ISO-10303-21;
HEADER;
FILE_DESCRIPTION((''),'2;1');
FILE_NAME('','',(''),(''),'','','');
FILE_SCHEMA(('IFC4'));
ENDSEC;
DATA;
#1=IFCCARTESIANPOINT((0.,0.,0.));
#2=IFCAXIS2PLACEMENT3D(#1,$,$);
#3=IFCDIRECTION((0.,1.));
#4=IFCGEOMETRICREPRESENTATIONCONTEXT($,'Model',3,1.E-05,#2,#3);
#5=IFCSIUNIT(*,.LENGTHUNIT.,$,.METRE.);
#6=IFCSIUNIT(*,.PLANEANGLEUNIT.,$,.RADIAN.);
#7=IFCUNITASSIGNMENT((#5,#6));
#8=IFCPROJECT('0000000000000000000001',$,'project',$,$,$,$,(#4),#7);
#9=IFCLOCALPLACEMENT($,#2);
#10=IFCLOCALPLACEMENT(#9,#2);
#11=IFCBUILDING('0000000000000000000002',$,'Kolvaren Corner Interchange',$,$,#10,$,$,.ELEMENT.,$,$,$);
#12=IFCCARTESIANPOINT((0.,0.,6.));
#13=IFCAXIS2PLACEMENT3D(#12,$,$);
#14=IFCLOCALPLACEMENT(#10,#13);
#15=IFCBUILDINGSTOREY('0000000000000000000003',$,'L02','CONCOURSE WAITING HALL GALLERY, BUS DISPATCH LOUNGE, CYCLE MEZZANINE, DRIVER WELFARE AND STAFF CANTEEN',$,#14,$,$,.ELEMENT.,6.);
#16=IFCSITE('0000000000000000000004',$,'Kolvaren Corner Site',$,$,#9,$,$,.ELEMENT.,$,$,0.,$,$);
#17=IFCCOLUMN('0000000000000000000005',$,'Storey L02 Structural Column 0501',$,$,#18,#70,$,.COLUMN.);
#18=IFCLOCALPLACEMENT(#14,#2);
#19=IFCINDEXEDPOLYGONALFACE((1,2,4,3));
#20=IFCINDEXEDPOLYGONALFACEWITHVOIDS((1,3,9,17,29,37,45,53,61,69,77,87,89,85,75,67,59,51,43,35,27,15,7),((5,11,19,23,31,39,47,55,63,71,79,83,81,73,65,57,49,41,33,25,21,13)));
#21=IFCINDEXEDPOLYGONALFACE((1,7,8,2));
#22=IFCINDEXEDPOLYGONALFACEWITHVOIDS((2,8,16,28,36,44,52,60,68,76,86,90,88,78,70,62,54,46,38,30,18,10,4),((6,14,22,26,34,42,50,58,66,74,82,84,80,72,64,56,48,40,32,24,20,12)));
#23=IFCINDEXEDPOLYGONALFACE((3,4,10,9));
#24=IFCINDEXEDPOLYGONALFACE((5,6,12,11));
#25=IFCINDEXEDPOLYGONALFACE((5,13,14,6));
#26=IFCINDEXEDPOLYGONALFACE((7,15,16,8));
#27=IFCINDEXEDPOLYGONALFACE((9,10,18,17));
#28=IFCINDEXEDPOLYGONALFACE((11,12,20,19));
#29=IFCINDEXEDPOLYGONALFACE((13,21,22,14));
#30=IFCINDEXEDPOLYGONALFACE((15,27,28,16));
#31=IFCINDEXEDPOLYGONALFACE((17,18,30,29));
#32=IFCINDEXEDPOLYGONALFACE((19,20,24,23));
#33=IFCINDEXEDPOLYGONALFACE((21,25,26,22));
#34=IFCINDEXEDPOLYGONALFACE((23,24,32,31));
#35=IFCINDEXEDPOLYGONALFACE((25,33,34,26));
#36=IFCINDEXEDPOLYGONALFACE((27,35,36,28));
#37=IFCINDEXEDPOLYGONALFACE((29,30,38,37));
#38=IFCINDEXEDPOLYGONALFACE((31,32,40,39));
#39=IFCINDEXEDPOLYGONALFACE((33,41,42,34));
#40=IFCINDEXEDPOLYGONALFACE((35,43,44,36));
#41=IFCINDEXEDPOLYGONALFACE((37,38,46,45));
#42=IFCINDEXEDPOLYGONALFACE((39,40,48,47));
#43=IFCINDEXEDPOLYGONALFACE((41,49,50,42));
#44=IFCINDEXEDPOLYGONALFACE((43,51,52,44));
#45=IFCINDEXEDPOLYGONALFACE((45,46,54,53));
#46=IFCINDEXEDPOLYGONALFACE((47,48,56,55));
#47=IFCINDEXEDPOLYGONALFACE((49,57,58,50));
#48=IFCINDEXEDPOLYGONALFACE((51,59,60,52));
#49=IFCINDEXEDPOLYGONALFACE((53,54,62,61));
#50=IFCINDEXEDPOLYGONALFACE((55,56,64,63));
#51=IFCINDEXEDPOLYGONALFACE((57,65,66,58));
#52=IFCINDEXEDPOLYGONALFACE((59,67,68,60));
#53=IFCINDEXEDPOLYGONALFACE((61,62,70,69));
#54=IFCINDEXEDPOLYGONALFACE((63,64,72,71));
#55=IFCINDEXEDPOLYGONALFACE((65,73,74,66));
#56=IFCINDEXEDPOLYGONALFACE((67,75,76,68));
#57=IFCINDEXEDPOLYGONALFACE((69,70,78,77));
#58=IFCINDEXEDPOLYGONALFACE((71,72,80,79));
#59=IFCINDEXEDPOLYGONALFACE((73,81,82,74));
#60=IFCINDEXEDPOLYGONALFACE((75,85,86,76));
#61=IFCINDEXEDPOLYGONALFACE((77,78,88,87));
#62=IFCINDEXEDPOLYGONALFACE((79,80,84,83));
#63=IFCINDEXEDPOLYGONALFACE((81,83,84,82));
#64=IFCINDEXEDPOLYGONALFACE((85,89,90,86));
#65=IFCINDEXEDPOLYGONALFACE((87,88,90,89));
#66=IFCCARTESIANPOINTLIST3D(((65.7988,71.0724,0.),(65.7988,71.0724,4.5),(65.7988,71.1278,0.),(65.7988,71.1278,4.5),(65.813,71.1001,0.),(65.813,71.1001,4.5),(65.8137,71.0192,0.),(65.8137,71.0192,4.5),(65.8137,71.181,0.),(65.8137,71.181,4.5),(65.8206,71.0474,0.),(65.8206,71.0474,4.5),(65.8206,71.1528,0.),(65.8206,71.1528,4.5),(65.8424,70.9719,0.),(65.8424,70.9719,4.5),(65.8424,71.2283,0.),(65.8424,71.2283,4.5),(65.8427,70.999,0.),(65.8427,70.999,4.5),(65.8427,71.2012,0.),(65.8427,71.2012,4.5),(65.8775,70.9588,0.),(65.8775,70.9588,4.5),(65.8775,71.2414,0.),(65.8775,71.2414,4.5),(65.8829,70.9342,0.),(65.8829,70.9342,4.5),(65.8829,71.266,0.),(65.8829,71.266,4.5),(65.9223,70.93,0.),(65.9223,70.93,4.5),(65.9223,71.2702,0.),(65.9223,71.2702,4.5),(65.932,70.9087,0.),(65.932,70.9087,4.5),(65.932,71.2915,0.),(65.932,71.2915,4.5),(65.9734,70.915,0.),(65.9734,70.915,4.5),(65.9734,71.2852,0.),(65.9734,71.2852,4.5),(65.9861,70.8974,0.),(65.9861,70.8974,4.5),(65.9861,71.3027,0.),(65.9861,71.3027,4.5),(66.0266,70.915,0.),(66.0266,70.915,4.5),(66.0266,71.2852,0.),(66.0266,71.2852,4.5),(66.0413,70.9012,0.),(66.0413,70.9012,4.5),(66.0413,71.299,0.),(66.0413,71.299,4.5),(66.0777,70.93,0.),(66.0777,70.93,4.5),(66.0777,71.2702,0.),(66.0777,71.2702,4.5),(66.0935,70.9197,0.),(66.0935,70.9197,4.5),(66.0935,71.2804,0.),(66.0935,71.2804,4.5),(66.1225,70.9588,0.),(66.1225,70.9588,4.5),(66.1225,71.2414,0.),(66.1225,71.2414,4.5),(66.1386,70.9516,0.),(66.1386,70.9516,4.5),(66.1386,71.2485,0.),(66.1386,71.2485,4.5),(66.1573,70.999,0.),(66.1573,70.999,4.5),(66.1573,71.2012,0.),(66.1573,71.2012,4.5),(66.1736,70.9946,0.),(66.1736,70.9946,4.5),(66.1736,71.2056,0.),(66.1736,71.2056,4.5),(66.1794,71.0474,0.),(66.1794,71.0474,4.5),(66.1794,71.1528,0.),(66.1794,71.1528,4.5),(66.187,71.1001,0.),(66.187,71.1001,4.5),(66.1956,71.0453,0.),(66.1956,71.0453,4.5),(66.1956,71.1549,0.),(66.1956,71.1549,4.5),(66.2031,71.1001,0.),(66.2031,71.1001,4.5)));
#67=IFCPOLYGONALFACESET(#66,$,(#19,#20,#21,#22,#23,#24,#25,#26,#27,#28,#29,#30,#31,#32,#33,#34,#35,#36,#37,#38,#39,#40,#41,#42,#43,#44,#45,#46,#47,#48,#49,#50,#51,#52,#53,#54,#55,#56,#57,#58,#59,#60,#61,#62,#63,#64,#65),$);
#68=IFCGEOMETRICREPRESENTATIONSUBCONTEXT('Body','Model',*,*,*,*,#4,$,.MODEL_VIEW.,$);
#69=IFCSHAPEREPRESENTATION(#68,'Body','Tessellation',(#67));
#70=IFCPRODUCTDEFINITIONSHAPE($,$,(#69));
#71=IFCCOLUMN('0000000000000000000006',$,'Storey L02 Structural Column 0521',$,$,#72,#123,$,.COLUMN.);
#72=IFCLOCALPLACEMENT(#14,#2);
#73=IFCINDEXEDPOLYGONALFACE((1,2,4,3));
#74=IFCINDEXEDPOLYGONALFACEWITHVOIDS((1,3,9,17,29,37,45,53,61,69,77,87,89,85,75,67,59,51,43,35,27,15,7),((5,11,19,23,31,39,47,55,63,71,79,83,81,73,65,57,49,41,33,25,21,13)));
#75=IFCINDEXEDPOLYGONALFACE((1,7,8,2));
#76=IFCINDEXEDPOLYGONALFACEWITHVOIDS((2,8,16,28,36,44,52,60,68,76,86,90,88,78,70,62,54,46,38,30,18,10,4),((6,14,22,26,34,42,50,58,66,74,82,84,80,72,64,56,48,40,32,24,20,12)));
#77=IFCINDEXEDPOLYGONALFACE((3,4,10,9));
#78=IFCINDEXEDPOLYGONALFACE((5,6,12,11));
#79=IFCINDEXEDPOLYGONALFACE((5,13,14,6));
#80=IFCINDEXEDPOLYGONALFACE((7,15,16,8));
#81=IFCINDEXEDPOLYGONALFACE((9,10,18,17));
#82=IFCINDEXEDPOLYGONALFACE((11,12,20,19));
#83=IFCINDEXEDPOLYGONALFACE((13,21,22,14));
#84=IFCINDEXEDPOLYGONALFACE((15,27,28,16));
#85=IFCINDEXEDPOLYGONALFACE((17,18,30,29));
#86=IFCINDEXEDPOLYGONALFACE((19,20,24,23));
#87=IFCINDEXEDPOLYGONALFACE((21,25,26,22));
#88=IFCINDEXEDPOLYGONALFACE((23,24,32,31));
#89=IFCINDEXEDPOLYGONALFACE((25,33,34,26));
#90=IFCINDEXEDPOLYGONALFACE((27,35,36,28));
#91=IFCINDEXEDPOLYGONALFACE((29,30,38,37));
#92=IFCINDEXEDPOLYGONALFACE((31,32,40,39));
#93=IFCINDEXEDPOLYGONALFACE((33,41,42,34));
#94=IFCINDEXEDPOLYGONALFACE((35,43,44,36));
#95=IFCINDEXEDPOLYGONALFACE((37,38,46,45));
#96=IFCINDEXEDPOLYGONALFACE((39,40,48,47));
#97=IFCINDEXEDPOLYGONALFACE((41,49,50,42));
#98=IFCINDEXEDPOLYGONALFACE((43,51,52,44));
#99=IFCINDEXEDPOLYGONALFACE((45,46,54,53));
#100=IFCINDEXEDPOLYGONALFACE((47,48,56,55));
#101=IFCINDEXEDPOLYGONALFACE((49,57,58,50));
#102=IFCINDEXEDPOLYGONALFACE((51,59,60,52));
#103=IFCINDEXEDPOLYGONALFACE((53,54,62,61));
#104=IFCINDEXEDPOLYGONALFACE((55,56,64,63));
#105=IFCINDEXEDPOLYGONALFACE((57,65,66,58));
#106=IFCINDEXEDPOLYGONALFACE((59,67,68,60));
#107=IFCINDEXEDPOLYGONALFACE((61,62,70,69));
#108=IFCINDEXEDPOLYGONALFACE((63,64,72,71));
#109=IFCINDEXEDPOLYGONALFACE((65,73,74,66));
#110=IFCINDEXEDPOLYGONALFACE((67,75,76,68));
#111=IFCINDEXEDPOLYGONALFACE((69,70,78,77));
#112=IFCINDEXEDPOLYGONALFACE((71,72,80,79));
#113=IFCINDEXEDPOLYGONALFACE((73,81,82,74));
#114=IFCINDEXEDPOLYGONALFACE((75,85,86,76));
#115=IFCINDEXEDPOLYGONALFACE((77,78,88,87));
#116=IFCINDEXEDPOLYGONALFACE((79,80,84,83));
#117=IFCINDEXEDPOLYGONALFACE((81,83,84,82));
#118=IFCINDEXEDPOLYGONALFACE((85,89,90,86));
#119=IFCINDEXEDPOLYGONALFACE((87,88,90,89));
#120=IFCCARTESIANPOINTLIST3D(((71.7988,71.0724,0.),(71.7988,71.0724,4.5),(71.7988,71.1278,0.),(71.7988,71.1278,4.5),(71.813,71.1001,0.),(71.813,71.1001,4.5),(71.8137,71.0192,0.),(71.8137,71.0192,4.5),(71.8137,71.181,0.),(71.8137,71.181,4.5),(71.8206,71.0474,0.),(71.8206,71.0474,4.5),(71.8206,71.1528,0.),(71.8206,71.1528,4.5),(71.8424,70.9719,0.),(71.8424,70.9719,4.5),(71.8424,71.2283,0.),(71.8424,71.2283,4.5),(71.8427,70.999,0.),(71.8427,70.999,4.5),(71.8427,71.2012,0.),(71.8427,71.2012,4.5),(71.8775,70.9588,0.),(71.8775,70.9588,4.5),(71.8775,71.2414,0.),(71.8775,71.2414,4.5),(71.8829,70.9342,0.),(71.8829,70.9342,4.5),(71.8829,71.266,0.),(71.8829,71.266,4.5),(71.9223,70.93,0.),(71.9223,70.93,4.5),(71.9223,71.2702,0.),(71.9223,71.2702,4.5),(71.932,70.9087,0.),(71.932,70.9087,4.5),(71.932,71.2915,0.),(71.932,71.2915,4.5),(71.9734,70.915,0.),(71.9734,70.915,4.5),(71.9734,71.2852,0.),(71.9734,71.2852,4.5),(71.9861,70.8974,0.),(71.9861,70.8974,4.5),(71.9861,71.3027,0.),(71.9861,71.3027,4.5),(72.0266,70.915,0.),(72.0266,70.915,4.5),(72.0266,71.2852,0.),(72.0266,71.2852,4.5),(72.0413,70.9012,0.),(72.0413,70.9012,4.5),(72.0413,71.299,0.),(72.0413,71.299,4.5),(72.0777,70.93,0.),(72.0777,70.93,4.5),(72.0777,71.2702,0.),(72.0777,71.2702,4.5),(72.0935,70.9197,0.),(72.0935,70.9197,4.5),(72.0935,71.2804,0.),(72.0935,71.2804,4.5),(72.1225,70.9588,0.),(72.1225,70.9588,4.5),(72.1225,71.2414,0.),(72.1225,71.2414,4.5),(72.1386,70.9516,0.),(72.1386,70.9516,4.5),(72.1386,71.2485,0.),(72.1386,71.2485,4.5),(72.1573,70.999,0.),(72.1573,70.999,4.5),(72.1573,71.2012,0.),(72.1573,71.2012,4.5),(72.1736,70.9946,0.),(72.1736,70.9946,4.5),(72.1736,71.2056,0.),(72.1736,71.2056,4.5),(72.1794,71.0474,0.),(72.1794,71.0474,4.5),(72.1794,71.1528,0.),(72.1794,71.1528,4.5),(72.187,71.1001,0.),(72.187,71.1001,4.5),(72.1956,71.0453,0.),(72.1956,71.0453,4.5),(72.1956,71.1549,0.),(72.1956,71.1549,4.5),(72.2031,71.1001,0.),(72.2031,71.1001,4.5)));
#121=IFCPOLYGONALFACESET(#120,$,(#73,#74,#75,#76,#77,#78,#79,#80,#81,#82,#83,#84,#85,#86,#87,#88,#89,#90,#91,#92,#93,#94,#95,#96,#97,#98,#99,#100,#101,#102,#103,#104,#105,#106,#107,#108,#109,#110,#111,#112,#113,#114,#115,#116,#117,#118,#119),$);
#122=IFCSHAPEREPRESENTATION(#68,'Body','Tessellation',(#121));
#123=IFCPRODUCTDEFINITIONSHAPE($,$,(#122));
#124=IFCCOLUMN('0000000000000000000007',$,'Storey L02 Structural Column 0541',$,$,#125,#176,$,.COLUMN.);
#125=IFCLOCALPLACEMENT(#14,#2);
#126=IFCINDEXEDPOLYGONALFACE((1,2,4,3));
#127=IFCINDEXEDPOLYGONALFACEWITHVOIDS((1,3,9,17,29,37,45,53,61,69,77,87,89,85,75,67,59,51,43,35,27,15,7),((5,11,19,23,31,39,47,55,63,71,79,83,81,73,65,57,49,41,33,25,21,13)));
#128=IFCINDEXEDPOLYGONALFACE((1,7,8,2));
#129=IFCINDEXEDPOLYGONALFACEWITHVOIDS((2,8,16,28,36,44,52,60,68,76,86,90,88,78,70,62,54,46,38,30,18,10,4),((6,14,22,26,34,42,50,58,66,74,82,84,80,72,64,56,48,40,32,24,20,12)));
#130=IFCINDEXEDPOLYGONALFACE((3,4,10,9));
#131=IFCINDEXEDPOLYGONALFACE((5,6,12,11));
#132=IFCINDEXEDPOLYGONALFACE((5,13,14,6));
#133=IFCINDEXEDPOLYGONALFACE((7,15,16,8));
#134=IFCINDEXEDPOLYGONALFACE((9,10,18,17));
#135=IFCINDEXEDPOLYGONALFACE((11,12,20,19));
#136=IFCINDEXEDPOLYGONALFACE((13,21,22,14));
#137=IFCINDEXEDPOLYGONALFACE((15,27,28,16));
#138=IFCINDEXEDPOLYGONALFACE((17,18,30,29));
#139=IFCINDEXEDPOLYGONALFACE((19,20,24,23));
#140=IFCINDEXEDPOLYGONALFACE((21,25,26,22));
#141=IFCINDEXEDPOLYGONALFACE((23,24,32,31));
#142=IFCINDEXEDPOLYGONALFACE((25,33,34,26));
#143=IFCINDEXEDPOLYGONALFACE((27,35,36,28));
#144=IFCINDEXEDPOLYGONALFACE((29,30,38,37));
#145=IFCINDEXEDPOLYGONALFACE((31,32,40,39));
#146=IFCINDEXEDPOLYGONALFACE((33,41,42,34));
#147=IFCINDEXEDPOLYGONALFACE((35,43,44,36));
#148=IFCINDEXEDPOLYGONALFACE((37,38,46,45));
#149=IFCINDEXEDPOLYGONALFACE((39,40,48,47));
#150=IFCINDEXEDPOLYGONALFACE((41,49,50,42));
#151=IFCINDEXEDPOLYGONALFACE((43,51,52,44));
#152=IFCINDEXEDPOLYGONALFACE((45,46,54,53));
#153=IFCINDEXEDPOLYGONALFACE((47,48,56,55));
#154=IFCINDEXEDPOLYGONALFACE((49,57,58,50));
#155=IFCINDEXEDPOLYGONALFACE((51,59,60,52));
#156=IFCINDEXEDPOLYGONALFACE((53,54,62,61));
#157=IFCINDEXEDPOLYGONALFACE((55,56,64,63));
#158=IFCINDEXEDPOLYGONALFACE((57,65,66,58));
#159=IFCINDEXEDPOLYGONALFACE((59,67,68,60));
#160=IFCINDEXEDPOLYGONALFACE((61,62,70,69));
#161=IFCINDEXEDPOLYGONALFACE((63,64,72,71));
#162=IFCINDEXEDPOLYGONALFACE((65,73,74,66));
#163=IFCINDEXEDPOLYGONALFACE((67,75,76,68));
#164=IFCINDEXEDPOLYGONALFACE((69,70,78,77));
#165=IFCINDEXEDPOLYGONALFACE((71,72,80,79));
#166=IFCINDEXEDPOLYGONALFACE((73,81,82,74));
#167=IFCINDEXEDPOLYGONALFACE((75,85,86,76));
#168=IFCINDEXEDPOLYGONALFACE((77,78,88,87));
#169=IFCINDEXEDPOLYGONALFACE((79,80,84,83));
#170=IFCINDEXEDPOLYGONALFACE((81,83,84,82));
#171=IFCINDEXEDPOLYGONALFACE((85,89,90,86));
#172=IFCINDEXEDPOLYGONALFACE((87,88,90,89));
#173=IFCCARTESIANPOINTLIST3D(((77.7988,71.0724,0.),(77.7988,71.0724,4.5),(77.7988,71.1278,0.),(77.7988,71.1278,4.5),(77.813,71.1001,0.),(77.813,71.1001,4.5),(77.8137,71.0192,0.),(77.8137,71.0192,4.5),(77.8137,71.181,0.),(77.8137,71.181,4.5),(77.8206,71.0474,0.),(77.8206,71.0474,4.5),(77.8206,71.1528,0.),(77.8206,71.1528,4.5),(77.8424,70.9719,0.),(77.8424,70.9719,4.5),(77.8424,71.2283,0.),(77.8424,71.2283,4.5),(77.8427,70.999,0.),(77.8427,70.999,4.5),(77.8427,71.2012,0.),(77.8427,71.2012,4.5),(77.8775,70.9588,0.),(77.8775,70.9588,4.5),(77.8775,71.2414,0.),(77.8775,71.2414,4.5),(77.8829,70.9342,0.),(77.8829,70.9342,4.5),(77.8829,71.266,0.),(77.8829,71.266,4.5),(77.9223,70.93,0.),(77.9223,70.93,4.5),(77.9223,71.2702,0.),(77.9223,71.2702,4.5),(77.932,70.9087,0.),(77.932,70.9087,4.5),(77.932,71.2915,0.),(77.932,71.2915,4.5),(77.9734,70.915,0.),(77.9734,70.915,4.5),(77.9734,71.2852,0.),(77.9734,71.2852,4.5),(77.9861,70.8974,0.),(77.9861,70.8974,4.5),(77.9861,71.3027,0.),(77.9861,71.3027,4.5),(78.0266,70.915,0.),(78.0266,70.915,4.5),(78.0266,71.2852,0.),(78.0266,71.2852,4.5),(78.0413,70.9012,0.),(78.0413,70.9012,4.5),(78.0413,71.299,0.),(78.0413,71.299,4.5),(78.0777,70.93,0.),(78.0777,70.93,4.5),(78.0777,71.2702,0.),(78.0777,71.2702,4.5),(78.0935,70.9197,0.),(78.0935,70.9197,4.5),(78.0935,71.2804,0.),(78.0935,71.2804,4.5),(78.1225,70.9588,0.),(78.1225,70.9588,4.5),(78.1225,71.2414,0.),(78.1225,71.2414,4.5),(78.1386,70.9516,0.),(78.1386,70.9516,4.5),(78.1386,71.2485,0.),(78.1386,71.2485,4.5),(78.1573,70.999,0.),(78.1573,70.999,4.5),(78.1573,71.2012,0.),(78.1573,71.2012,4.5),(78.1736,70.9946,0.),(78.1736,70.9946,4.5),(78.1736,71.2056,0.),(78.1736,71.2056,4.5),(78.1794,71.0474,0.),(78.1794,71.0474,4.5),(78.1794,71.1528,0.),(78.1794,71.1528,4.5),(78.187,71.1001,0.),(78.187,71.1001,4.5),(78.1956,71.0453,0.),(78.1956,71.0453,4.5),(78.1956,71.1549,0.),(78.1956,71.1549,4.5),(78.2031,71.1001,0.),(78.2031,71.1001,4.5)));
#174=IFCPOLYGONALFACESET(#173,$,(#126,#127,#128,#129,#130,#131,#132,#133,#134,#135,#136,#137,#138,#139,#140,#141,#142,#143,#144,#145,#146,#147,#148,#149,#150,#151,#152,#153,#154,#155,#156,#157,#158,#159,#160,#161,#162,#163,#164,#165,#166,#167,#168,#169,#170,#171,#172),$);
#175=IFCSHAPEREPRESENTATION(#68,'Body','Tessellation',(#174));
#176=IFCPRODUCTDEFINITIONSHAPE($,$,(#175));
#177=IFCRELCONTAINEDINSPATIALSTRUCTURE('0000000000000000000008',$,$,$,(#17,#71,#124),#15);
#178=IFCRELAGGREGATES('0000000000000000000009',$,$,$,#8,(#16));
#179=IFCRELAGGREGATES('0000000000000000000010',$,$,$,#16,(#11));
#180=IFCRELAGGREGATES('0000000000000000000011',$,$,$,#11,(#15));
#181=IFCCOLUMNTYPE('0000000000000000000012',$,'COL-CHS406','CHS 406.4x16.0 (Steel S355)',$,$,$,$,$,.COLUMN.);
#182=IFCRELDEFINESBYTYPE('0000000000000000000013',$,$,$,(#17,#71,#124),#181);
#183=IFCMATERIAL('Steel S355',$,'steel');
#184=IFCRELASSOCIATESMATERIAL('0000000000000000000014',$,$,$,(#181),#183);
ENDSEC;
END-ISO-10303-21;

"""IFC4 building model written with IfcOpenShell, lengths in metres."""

from ifc_helpers import new_model, si_unit, direction, frame, origin, origin_2d, place, context, subcontext, project, spatial, hollow_circle, extrude, material, material_profile, profile_set, type_object, element, save


model = new_model("IFC4")

# Units and contexts
model_context = context("Model", 3, precision=1e-05, world=origin(), true_north=direction((0.0, 1.0)))
body_context = subcontext(model_context, "Body", "Model", "MODEL_VIEW")
ifc_project = project(units=[si_unit("LENGTHUNIT", "METRE"), si_unit("PLANEANGLEUNIT", "RADIAN")], contexts=[model_context])

# Site, building, storey
site_placement = place(None, origin())
site = spatial("IfcSite", under=ifc_project, at=site_placement, Name="Kolvaren Corner Site", CompositionType="ELEMENT", RefElevation=0.0)
building_placement = place(site_placement, origin())
building = spatial("IfcBuilding", under=site, at=building_placement, Name="Kolvaren Corner Interchange", CompositionType="ELEMENT")
storey_placement = place(building_placement, frame((0.0, 0.0, 6.0)))
storey = spatial("IfcBuildingStorey", under=building, at=storey_placement, Name="L02", Description="CONCOURSE WAITING HALL GALLERY, BUS DISPATCH LOUNGE, CYCLE MEZZANINE, DRIVER WELFARE AND STAFF CANTEEN", CompositionType="ELEMENT", Elevation=6.0)

# Columns
ifc_material_1 = material(Name="Steel S355", Category="steel")
ifc_material_profile_1 = material_profile(ifc_material_1, hollow_circle(Radius=0.2031, WallThickness=0.0161, at=origin_2d()), Name="CHS 406.4x16.0")
ifc_profile_set_1 = profile_set([ifc_material_profile_1], Name="Steel S355")
column_type_1 = type_object("IfcColumnType", Name="COL-CHS406", Description="CHS 406.4x16.0 (Steel S355)", PredefinedType="COLUMN", material=ifc_profile_set_1)
for number, where, z_axis, x_axis, name in (
    (1, (66.0, 71.1001, 0.0), (0.0, 0.0, 1.0), (1.0, 0.0, 0.0), "Storey L02 Structural Column 0501"),
    (2, (72.0, 71.1001, 0.0), (0.0, 0.0, 1.0), (1.0, 0.0, 0.0), "Storey L02 Structural Column 0521"),
    (3, (78.0, 71.1001, 0.0), (0.0, 0.0, 1.0), (1.0, 0.0, 0.0), "Storey L02 Structural Column 0541"),
):
    element("IfcColumn", number, at=place(storey_placement, frame(where, z_axis=z_axis, x_axis=x_axis)), inside=storey, type_object=column_type_1, Name=name, PredefinedType="COLUMN", context=body_context, shape_type="SweptSolid", body=[
        extrude(hollow_circle(Radius=0.2031, WallThickness=0.0161, at=origin_2d()), origin(), (0.0, 0.0, 1.0), 4.5),
    ])

save(model, "model.ifc")
